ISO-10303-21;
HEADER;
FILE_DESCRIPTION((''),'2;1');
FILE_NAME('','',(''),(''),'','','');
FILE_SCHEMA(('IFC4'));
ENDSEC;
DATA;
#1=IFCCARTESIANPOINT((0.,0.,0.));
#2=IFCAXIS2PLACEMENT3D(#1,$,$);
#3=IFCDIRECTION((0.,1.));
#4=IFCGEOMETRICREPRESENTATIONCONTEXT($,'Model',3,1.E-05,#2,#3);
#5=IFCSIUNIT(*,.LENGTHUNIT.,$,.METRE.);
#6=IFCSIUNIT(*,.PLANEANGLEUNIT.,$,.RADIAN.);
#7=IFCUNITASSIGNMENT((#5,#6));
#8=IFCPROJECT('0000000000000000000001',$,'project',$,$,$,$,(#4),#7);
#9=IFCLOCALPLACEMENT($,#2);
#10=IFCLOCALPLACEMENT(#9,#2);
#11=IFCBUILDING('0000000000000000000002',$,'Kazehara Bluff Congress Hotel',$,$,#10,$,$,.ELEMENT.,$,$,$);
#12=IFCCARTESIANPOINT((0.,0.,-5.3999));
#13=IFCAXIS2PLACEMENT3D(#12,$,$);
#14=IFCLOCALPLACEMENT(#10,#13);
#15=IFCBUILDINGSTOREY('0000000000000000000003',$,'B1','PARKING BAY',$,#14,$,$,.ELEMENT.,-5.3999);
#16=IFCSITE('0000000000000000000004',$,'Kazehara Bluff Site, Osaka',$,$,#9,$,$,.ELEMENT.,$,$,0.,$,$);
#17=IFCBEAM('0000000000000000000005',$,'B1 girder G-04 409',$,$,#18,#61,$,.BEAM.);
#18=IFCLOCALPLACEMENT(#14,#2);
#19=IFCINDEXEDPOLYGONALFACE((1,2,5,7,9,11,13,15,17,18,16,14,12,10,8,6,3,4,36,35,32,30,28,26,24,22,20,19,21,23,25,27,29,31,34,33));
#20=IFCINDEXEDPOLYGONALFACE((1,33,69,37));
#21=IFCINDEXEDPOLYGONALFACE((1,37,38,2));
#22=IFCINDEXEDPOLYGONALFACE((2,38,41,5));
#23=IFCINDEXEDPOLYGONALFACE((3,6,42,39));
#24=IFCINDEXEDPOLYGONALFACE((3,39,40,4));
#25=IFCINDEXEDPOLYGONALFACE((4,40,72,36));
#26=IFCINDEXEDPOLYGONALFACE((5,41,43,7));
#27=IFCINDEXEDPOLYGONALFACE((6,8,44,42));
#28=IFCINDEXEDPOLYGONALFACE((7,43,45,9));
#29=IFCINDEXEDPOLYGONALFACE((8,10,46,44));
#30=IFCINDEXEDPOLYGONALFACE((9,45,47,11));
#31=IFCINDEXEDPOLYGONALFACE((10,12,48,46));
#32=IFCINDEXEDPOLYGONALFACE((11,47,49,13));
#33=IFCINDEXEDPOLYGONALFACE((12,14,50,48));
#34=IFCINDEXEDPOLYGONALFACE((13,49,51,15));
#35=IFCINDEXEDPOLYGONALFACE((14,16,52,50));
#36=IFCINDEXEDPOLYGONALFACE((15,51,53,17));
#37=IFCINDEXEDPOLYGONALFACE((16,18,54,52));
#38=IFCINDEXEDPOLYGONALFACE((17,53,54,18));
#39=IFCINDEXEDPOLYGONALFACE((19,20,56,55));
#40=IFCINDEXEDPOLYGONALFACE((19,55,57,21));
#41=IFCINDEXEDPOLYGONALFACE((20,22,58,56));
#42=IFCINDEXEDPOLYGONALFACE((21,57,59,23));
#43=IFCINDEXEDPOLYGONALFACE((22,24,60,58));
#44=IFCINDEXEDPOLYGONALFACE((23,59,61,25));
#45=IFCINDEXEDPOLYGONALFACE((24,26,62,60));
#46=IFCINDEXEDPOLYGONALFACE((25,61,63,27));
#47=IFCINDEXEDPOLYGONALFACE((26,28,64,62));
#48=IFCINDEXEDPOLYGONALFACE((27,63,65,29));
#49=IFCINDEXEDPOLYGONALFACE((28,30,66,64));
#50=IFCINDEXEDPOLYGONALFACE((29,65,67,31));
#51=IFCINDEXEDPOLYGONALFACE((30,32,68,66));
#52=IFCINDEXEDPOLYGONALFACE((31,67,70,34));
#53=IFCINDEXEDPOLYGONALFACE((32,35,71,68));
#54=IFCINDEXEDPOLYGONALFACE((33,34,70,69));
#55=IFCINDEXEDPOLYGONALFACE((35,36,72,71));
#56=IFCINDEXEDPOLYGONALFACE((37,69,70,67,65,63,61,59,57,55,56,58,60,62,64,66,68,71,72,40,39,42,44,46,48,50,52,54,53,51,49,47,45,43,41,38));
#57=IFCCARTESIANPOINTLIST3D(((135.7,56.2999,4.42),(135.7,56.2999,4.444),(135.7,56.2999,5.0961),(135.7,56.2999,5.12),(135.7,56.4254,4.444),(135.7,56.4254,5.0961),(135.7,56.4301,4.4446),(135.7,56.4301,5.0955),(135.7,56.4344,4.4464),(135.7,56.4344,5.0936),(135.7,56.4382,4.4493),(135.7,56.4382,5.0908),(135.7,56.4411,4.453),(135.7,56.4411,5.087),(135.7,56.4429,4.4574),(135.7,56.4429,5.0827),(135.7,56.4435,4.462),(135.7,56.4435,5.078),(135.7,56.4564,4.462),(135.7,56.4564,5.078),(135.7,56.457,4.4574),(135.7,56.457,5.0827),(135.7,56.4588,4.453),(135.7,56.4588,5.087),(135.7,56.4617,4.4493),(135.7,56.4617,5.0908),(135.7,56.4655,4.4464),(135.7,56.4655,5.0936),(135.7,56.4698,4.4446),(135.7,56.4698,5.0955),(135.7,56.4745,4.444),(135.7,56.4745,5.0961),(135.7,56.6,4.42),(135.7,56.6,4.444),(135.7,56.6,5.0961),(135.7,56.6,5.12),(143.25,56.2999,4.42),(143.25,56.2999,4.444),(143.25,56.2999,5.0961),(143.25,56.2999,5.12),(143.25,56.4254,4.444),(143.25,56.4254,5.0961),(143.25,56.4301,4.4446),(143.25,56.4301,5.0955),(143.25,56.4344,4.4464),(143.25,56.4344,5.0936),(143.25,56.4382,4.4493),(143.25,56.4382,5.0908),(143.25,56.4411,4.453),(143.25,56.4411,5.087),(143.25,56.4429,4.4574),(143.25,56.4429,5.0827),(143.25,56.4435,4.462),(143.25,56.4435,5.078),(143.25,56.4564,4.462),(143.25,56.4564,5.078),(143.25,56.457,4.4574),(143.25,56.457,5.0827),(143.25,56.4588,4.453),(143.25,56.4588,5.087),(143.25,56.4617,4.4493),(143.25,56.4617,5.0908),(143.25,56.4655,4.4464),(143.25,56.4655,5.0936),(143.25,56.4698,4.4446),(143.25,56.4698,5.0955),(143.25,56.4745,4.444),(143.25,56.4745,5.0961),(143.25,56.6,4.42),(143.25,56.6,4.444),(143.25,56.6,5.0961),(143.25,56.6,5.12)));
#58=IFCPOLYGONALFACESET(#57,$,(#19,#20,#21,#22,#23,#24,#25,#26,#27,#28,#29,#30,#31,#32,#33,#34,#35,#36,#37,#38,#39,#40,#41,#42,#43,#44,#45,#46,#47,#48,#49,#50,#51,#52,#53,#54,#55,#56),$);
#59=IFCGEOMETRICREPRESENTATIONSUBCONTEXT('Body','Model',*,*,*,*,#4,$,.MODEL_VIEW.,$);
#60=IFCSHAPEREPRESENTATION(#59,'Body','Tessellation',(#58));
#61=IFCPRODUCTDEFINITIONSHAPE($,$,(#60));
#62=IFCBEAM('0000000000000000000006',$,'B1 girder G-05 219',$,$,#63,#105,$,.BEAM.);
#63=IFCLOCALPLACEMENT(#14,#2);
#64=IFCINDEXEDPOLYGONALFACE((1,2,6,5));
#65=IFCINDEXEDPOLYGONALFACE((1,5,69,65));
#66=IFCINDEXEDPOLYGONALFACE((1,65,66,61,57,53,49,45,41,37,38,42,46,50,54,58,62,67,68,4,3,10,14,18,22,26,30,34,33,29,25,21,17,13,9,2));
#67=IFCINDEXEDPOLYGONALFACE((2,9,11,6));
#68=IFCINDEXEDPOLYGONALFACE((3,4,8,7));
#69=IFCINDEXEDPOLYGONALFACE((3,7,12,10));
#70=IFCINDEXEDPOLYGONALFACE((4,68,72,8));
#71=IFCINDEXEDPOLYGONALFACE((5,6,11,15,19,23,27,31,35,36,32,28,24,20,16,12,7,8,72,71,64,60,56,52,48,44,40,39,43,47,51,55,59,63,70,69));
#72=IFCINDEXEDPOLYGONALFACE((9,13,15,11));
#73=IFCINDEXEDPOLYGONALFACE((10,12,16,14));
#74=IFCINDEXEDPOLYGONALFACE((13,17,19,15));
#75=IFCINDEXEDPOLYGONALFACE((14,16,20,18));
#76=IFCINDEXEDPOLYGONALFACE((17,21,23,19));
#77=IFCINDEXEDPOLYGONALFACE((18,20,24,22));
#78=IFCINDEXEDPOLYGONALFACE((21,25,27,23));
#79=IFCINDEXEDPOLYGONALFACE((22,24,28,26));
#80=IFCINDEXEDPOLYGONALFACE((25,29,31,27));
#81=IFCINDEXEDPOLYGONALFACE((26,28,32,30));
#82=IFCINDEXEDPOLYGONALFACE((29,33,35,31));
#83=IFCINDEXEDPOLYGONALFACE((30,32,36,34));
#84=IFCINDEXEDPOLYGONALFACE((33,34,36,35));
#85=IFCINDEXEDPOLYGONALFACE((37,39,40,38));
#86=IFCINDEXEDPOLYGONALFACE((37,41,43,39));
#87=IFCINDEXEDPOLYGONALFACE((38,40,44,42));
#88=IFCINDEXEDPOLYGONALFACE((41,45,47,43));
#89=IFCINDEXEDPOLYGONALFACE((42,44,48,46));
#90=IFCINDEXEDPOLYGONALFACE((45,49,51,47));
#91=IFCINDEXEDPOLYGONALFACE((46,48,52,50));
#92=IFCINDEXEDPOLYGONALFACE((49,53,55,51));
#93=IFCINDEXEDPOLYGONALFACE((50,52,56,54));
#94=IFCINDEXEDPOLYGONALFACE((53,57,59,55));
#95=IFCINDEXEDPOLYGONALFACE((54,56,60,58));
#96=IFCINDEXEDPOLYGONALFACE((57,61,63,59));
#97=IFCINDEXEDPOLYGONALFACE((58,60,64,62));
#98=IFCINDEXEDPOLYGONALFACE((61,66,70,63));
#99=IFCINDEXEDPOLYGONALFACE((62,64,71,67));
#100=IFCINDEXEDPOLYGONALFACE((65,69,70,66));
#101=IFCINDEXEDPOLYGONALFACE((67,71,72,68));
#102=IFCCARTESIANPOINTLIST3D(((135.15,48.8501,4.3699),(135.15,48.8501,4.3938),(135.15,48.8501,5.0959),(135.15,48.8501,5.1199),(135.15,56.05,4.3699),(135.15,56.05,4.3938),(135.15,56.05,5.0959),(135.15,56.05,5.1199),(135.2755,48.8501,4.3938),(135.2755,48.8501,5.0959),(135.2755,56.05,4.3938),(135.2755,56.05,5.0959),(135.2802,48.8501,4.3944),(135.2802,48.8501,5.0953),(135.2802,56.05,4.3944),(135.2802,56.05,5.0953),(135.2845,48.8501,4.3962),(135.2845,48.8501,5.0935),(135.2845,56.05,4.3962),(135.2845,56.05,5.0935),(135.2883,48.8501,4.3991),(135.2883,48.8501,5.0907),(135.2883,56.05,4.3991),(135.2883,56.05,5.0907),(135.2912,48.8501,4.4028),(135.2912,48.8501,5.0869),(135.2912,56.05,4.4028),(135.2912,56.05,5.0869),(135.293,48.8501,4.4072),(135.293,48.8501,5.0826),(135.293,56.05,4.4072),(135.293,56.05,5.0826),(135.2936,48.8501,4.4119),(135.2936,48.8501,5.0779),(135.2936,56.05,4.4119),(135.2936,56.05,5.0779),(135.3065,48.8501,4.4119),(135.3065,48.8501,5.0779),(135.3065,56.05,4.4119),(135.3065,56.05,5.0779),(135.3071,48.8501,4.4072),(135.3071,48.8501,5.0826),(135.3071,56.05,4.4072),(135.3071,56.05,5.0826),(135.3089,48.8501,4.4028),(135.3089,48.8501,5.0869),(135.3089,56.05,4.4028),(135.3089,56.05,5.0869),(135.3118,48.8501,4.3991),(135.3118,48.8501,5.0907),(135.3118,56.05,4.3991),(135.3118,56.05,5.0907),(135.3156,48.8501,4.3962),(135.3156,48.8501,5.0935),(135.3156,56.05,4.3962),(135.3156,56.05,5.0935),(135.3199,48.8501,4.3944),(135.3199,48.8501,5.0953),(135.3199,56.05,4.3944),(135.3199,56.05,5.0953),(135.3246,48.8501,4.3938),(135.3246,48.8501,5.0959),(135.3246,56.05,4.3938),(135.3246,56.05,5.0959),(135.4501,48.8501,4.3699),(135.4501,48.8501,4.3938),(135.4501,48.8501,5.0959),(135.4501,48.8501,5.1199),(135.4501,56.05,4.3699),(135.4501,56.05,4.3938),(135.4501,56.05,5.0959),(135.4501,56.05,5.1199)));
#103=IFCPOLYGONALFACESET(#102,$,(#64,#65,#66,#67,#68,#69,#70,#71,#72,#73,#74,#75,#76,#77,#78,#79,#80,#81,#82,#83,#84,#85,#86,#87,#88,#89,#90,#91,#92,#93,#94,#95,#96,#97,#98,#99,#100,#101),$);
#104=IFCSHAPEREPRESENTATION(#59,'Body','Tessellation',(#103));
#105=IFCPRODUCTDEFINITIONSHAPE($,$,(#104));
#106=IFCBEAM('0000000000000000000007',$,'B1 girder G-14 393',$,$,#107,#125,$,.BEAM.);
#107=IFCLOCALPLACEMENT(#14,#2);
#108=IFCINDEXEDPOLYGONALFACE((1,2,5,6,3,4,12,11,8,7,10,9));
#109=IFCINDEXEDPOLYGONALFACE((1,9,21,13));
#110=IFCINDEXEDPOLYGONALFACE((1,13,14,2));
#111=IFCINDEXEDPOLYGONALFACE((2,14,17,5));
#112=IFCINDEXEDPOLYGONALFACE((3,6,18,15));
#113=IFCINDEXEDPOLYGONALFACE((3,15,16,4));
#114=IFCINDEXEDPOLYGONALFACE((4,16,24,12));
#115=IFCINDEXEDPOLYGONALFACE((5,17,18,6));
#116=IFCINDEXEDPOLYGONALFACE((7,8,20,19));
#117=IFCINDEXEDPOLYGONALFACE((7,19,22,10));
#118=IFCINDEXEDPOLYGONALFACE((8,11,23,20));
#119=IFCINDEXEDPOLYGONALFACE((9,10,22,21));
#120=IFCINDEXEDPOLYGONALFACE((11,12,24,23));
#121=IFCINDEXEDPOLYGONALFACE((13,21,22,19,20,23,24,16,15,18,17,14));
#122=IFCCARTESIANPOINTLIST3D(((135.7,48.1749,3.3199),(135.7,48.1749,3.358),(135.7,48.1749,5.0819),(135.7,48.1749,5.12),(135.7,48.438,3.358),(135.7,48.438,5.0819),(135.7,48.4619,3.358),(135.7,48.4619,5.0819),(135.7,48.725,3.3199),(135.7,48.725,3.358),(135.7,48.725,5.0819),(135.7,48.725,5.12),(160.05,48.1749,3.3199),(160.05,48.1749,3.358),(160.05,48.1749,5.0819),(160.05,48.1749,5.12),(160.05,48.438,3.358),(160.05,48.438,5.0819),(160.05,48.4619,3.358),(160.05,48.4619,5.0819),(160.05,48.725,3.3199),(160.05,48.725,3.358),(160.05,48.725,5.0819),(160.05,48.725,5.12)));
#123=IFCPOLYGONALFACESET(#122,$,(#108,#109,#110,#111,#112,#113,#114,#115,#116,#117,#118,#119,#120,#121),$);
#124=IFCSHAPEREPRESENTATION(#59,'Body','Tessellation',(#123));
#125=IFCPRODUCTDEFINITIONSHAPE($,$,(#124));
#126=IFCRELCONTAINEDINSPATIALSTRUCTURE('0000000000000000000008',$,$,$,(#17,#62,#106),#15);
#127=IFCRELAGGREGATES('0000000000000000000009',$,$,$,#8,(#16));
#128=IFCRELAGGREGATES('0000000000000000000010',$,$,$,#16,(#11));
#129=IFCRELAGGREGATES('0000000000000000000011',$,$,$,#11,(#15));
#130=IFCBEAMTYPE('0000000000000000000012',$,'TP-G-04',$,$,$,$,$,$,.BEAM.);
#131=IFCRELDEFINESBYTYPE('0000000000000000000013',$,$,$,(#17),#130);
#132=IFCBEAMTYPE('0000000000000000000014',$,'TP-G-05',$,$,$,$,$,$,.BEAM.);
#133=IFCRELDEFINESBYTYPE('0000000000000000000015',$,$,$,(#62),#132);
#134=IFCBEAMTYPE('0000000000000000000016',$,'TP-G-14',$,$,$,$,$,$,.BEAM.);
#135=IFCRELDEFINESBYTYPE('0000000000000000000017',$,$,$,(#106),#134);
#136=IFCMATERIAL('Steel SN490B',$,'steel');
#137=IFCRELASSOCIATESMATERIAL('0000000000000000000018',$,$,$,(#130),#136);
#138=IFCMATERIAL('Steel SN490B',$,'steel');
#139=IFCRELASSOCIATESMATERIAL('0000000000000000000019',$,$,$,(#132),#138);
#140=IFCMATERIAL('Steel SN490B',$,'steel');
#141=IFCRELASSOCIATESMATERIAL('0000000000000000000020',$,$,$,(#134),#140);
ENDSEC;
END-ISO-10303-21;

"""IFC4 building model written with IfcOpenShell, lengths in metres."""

from ifc_helpers import new_model, si_unit, direction, frame, origin, origin_2d, place, context, subcontext, project, spatial, i_section, extrude, material, material_profile, profile_set, type_object, element, save


model = new_model("IFC4")

# Units and contexts
model_context = context("Model", 3, precision=1e-05, world=origin(), true_north=direction((0.0, 1.0)))
body_context = subcontext(model_context, "Body", "Model", "MODEL_VIEW")
ifc_project = project(units=[si_unit("LENGTHUNIT", "METRE"), si_unit("PLANEANGLEUNIT", "RADIAN")], contexts=[model_context])

# Site, building, storey
site_placement = place(None, origin())
site = spatial("IfcSite", under=ifc_project, at=site_placement, Name="Kazehara Bluff Site, Osaka", CompositionType="ELEMENT", RefElevation=0.0)
building_placement = place(site_placement, origin())
building = spatial("IfcBuilding", under=site, at=building_placement, Name="Kazehara Bluff Congress Hotel", CompositionType="ELEMENT")
storey_placement = place(building_placement, frame((0.0, 0.0, -5.3999)))
storey = spatial("IfcBuildingStorey", under=building, at=storey_placement, Name="B1", Description="PARKING BAY", CompositionType="ELEMENT", Elevation=-5.3999)

# Beams
ifc_material_1 = material(Name="Steel SN490B", Category="steel")
ifc_material_profile_1 = material_profile(ifc_material_1, i_section(OverallWidth=0.3, OverallDepth=0.7, WebThickness=0.0129, FlangeThickness=0.0239, FilletRadius=0.0181, at=origin_2d()))
ifc_profile_set_1 = profile_set([ifc_material_profile_1], Name="Steel SN490B")
beam_type_1 = type_object("IfcBeamType", Name="TP-G-04", PredefinedType="BEAM", material=ifc_profile_set_1)
beam_1_placement = place(storey_placement, frame((135.7, 56.45, 4.77), z_axis=(1.0, 0.0, 0.0), x_axis=(0.0, 1.0, 0.0)))
element("IfcBeam", 1, at=beam_1_placement, inside=storey, type_object=beam_type_1, Name="B1 girder G-04 409", PredefinedType="BEAM", context=body_context, shape_type="SweptSolid", body=[
    extrude(i_section(OverallWidth=0.3, OverallDepth=0.7, WebThickness=0.0129, FlangeThickness=0.0239, FilletRadius=0.0181, at=origin_2d()), origin(), (0.0, 0.0, 1.0), 7.55),
])
ifc_material_2 = material(Name="Steel SN490B", Category="steel")
ifc_material_profile_2 = material_profile(ifc_material_2, i_section(OverallWidth=0.3, OverallDepth=0.75, WebThickness=0.0129, FlangeThickness=0.0239, FilletRadius=0.0181, at=origin_2d()))
ifc_profile_set_2 = profile_set([ifc_material_profile_2], Name="Steel SN490B")
beam_type_2 = type_object("IfcBeamType", Name="TP-G-05", PredefinedType="BEAM", material=ifc_profile_set_2)
beam_2_placement = place(storey_placement, frame((135.3, 48.8501, 4.7449), z_axis=(0.0, 1.0, 0.0), x_axis=(-1.0, 0.0, 0.0)))
element("IfcBeam", 2, at=beam_2_placement, inside=storey, type_object=beam_type_2, Name="B1 girder G-05 219", PredefinedType="BEAM", context=body_context, shape_type="SweptSolid", body=[
    extrude(i_section(OverallWidth=0.3, OverallDepth=0.75, WebThickness=0.0129, FlangeThickness=0.0239, FilletRadius=0.0181, at=origin_2d()), origin(), (0.0, 0.0, 1.0), 7.2),
])
ifc_material_3 = material(Name="Steel SN490B", Category="steel")
ifc_material_profile_3 = material_profile(ifc_material_3, i_section(OverallWidth=0.55, OverallDepth=1.8, WebThickness=0.0239, FlangeThickness=0.0381, at=origin_2d()))
ifc_profile_set_3 = profile_set([ifc_material_profile_3], Name="Steel SN490B")
beam_type_3 = type_object("IfcBeamType", Name="TP-G-14", PredefinedType="BEAM", material=ifc_profile_set_3)
beam_3_placement = place(storey_placement, frame((135.7, 48.45, 4.22), z_axis=(1.0, 0.0, 0.0), x_axis=(0.0, 1.0, 0.0)))
element("IfcBeam", 3, at=beam_3_placement, inside=storey, type_object=beam_type_3, Name="B1 girder G-14 393", PredefinedType="BEAM", context=body_context, shape_type="SweptSolid", body=[
    extrude(i_section(OverallWidth=0.55, OverallDepth=1.8, WebThickness=0.0239, FlangeThickness=0.0381, at=origin_2d()), origin(), (0.0, 0.0, 1.0), 24.3501),
])

save(model, "model.ifc")
